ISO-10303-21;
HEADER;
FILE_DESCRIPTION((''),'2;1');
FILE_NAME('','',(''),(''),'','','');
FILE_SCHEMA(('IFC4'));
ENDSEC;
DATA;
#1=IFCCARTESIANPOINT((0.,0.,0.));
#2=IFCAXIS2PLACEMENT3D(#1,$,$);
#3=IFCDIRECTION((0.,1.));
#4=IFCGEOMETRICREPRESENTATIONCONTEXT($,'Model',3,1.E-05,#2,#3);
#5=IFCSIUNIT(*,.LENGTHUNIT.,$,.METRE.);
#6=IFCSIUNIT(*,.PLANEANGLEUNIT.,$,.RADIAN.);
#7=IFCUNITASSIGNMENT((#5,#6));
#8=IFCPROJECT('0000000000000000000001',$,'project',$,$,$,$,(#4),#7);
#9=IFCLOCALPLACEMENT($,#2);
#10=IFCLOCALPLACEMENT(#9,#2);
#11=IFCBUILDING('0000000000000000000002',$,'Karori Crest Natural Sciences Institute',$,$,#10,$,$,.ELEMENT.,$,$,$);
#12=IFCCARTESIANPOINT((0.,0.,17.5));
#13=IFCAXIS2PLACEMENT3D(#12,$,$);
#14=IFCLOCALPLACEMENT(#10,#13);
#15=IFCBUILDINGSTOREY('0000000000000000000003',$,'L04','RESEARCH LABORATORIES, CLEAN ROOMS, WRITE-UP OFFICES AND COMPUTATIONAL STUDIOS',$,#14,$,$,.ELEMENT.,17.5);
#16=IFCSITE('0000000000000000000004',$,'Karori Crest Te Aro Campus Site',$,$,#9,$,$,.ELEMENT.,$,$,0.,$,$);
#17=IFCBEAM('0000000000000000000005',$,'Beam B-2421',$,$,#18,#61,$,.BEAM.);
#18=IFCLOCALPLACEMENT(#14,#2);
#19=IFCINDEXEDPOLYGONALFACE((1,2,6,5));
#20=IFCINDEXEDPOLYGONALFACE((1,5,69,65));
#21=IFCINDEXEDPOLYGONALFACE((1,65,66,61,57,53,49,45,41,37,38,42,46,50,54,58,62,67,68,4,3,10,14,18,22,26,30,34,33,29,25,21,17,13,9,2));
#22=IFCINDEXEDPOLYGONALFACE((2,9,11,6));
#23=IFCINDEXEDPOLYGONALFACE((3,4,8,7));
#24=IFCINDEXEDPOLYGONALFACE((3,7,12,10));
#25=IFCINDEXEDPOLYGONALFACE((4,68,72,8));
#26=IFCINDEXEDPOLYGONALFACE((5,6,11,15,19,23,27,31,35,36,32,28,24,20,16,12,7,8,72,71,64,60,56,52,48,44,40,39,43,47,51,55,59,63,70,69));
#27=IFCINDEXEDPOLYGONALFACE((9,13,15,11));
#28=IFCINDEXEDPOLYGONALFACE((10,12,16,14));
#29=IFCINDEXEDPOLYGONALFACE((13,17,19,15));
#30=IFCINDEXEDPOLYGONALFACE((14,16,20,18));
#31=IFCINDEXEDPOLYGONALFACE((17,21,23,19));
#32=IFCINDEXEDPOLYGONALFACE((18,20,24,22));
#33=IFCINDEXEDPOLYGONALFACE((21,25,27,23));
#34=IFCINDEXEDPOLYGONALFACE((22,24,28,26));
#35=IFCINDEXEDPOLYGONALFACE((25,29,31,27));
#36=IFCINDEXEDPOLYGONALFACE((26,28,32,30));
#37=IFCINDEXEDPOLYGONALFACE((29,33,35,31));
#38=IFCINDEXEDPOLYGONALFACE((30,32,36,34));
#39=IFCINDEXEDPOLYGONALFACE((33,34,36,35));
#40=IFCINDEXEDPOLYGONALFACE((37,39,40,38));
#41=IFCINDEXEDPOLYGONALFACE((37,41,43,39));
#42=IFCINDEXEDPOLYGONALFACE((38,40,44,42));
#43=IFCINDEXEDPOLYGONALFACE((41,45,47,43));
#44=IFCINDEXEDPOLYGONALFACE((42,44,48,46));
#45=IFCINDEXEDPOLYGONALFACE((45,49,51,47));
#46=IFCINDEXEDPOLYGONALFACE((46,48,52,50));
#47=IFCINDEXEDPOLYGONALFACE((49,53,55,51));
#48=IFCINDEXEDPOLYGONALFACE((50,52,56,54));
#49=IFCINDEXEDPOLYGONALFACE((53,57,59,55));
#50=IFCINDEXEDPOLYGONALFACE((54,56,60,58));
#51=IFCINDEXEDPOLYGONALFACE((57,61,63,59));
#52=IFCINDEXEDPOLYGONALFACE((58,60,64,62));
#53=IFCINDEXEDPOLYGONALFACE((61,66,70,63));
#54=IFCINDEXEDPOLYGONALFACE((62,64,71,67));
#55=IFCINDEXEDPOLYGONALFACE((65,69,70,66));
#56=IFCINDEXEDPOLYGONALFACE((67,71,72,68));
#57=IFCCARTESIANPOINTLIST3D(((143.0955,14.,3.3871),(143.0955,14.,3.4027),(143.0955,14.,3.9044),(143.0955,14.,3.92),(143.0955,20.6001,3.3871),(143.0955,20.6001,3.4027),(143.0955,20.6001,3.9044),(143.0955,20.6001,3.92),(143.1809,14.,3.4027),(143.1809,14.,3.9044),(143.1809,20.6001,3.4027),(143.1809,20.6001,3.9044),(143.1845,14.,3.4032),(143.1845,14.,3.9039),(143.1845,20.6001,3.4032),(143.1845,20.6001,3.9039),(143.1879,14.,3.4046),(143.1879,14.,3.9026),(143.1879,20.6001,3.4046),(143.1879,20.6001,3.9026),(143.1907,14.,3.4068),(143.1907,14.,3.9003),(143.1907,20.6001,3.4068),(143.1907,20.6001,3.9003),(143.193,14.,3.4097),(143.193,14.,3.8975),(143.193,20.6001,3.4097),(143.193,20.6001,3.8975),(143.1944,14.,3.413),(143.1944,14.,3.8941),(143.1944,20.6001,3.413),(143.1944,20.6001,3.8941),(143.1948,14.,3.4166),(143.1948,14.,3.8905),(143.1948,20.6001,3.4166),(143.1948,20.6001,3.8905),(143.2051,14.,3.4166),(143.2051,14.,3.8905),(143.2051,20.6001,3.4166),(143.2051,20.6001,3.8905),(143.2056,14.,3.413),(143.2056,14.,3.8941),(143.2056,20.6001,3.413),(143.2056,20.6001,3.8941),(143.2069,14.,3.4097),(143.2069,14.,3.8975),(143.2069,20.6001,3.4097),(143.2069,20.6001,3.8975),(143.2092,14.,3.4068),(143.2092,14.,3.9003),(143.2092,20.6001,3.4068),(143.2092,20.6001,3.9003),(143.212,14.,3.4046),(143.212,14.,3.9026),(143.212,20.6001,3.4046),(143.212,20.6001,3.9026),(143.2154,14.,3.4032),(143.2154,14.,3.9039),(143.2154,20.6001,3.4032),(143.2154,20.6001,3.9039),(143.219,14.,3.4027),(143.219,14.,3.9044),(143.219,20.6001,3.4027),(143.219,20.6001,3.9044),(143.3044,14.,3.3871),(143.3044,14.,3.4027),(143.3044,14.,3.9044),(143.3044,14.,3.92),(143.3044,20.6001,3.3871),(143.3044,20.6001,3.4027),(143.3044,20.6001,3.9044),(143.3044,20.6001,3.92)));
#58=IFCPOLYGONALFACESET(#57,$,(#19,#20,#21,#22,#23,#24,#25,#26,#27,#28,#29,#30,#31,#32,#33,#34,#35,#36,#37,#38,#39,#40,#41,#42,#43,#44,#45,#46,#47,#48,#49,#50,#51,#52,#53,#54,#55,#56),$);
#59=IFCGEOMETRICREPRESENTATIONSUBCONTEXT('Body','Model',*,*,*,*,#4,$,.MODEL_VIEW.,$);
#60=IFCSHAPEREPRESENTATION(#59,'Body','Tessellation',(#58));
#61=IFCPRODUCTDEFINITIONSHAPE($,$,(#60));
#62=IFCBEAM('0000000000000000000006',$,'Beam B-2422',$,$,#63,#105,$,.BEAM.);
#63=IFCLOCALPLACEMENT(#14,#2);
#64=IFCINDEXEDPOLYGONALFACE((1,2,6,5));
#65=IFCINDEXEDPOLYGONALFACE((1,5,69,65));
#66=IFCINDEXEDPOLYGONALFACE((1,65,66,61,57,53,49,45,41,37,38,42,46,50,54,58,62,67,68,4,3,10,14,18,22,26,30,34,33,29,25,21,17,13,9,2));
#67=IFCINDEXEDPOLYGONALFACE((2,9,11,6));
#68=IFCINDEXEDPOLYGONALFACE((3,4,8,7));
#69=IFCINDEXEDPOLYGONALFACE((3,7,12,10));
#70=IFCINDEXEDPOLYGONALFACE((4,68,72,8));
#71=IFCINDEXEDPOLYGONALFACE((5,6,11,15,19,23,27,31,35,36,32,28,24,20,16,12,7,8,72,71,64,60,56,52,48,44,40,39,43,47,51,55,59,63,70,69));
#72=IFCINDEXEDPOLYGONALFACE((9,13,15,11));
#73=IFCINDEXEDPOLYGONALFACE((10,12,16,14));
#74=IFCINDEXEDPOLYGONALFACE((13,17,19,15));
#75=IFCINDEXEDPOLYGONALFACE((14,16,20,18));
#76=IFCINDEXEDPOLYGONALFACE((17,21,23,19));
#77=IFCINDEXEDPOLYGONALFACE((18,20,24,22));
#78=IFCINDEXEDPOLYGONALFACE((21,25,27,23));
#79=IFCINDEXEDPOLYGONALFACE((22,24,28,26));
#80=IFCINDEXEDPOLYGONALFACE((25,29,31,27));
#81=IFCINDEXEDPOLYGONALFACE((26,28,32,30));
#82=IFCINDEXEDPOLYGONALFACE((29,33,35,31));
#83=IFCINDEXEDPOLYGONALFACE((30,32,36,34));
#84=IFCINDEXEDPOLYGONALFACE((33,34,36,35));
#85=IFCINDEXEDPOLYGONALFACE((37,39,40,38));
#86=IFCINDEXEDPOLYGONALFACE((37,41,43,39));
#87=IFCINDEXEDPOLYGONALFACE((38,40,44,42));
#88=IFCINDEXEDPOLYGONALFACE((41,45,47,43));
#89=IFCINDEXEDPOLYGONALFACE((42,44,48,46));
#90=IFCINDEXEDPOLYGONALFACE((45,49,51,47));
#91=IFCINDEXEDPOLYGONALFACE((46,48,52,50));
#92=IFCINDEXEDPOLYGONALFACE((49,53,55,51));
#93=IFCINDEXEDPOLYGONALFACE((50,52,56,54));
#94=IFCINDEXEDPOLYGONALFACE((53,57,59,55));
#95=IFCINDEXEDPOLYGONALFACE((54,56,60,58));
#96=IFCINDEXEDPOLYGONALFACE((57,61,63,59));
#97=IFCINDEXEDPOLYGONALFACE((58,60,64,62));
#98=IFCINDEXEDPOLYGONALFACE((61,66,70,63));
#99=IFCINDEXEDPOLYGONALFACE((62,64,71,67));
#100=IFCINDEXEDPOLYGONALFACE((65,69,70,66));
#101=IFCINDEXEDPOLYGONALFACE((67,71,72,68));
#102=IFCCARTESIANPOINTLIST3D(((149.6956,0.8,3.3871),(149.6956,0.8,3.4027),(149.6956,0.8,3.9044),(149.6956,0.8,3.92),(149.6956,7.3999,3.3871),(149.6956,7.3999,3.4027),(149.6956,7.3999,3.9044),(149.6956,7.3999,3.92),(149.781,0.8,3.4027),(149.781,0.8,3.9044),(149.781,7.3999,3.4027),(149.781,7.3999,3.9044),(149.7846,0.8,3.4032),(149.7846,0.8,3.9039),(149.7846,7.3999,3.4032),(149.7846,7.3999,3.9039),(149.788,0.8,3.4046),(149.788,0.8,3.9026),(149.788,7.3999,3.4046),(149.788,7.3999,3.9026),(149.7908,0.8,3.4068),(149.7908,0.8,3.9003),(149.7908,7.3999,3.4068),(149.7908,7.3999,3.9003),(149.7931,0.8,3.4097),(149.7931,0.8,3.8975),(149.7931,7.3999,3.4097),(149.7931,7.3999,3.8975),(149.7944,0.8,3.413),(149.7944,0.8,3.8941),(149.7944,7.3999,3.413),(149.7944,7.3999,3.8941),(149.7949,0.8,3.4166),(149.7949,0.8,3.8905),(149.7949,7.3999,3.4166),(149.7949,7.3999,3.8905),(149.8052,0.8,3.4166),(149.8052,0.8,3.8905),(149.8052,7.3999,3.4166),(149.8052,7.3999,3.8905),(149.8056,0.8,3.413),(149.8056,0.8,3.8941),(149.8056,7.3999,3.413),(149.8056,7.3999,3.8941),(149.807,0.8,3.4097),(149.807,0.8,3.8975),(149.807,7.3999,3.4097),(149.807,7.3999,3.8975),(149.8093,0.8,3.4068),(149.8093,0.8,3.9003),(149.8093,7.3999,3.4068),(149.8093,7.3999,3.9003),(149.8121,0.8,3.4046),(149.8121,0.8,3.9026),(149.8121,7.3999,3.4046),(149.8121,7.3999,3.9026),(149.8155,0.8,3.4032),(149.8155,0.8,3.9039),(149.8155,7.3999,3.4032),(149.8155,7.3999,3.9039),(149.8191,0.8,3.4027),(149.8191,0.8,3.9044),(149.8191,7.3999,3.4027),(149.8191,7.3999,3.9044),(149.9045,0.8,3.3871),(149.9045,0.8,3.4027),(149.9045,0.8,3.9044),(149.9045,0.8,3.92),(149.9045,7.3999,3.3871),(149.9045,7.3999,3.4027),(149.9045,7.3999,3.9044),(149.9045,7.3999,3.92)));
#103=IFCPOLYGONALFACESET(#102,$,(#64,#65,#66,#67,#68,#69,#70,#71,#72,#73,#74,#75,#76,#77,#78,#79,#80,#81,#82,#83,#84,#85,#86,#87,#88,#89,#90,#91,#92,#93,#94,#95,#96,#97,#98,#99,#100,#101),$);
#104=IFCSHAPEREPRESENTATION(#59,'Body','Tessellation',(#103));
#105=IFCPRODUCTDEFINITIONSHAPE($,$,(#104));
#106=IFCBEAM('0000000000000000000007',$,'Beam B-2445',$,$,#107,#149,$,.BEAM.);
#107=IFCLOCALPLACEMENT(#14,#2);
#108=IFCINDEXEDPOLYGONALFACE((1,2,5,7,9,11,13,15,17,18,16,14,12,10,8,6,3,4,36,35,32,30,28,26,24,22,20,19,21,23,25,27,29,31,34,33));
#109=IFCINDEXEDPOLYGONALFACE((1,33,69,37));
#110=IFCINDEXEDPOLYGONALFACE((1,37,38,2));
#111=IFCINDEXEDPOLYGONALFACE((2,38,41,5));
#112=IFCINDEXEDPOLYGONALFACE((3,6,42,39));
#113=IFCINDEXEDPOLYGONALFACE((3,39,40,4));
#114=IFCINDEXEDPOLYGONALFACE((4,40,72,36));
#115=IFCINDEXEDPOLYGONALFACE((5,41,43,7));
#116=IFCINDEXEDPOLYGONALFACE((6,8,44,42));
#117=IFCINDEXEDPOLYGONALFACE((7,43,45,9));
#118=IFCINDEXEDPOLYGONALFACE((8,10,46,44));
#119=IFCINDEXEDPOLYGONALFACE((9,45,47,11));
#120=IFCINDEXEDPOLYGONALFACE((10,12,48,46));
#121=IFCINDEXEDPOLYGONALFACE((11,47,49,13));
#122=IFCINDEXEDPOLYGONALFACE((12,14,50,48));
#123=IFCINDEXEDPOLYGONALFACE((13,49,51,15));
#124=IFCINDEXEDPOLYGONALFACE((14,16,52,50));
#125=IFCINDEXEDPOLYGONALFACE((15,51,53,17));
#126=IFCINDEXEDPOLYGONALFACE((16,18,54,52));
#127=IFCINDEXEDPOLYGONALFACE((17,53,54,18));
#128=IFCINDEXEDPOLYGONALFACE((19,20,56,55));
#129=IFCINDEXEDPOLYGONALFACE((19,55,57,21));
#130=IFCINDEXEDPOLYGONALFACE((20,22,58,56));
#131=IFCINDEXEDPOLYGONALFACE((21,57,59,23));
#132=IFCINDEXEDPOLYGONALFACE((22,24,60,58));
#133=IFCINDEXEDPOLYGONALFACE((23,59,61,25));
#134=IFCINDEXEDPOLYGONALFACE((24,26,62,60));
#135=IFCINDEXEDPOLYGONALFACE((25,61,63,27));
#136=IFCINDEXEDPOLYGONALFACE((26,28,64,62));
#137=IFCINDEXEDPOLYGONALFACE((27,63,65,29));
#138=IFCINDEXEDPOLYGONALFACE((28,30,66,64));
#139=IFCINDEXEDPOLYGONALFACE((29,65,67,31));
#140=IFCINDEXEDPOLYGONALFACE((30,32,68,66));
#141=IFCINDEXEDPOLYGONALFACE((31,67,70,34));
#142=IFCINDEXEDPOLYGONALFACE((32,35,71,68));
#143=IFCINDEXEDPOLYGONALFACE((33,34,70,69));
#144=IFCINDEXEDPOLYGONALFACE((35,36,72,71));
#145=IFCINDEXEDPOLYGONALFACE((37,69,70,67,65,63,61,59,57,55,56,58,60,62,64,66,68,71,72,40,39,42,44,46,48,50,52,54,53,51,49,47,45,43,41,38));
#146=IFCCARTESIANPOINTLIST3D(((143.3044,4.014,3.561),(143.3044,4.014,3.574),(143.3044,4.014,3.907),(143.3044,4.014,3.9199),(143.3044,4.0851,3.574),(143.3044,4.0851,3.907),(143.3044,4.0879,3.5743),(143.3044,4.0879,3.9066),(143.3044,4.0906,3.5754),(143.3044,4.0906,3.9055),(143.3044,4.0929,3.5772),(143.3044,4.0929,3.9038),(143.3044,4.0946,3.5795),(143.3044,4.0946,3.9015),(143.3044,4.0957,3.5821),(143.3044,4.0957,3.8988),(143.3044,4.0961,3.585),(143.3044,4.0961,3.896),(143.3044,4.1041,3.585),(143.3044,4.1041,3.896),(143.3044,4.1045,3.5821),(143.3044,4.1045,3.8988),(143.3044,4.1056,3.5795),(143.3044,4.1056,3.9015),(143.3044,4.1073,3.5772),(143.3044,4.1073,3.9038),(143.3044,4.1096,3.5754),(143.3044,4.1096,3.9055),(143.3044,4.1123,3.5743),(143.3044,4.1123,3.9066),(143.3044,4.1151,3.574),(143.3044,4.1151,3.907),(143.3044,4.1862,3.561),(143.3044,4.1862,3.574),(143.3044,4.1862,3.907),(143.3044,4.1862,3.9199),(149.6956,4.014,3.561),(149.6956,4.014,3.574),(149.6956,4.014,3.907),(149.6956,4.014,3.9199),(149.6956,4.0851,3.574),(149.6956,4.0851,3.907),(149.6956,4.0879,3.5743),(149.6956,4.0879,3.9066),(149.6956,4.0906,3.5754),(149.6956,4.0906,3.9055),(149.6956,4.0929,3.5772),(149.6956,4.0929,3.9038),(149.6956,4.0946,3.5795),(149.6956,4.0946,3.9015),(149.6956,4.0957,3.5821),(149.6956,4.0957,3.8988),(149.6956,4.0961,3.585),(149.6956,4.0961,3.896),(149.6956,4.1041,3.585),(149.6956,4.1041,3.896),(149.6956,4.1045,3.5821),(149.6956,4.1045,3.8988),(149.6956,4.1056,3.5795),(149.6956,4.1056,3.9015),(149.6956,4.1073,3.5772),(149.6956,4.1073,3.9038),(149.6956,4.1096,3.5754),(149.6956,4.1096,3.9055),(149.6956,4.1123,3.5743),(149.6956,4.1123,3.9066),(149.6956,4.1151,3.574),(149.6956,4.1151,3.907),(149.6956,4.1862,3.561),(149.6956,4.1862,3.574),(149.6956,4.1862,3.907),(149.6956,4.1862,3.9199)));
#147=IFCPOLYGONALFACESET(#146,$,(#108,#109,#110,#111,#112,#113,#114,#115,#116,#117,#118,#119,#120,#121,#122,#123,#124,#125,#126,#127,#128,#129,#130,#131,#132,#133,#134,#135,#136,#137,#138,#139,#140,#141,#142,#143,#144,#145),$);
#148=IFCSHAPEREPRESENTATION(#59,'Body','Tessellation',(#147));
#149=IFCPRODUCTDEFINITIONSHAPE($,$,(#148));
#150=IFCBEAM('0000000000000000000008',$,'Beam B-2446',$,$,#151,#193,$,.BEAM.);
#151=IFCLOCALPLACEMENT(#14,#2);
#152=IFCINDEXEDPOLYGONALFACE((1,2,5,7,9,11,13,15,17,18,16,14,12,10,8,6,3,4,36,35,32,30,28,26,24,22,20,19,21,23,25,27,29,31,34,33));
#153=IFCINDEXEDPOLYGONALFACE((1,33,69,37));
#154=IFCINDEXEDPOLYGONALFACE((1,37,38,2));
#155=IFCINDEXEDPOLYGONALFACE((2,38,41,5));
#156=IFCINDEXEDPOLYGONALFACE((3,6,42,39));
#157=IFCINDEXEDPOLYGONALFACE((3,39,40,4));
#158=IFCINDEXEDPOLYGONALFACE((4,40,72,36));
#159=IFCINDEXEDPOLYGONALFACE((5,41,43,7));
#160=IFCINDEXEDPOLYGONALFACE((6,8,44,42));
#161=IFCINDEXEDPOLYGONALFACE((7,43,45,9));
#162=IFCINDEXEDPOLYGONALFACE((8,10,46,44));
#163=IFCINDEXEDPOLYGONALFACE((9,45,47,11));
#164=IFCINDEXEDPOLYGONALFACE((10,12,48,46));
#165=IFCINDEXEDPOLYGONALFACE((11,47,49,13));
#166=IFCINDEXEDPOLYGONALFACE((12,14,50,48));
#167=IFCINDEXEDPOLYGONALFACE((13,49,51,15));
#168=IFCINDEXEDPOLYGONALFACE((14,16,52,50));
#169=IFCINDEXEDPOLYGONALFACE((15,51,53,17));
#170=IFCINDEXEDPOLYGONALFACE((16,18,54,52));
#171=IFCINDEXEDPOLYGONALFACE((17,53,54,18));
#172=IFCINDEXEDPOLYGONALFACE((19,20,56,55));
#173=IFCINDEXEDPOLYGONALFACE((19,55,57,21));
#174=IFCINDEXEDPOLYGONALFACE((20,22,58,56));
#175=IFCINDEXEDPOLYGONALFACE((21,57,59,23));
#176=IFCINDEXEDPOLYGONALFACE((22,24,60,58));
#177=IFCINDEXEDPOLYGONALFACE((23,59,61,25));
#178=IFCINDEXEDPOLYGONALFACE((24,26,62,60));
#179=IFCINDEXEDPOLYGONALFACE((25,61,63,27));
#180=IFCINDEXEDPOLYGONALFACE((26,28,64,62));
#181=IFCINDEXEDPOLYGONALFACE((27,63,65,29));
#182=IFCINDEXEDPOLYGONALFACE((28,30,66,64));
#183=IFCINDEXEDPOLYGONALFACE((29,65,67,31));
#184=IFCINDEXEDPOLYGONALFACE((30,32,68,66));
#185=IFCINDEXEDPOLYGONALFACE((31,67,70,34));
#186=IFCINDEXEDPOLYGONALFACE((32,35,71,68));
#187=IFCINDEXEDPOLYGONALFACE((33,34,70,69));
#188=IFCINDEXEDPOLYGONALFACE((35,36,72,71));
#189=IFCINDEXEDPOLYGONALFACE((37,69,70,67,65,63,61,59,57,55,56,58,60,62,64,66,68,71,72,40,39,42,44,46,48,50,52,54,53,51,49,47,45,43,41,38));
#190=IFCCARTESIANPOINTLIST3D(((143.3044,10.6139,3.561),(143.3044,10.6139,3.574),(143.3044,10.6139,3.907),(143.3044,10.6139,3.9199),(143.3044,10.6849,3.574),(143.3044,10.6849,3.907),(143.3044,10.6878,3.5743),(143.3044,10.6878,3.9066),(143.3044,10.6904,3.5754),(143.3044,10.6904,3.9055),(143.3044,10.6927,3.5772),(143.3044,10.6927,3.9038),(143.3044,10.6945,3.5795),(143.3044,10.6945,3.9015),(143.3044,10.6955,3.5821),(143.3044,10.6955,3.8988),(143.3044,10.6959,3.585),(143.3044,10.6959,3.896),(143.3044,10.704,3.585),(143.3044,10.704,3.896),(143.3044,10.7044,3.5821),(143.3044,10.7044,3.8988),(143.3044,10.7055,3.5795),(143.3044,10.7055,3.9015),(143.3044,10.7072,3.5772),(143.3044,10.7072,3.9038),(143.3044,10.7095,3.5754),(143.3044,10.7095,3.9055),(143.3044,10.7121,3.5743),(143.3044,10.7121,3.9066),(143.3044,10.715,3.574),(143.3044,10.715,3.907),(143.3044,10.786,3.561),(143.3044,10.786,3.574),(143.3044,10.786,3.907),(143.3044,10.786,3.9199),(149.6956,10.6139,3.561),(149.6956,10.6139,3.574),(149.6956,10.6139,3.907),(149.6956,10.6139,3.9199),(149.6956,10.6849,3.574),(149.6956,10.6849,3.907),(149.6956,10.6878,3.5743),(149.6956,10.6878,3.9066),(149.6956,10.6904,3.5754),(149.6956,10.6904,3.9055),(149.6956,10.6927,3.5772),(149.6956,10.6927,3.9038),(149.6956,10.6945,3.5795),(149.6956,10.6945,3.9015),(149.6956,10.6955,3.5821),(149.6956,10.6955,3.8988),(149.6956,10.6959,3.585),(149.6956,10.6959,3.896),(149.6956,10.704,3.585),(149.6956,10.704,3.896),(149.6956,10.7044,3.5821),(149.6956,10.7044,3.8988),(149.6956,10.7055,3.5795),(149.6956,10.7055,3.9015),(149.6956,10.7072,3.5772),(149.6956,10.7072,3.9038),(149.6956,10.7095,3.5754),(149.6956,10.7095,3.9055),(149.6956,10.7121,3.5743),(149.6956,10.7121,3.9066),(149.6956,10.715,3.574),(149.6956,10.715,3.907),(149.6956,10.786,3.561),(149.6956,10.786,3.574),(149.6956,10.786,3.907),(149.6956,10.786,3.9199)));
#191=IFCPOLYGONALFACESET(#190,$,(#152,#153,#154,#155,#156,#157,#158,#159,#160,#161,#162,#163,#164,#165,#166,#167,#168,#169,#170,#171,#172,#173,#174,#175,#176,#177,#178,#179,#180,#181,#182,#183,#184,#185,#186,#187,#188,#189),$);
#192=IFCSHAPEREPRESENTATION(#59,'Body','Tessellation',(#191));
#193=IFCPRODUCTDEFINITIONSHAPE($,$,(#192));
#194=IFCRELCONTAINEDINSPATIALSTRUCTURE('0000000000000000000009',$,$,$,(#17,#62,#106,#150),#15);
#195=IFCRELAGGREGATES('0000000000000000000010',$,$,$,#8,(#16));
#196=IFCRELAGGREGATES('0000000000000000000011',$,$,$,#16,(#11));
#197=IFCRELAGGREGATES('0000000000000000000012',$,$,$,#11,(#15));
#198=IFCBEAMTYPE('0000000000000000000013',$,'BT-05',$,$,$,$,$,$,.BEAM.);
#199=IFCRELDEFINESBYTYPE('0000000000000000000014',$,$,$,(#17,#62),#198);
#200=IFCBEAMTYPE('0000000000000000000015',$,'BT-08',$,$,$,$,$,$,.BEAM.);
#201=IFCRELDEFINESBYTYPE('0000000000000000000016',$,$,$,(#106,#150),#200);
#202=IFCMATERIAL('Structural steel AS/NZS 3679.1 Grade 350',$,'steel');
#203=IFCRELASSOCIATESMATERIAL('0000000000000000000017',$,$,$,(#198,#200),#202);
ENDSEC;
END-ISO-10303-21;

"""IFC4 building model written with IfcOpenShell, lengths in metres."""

from ifc_helpers import new_model, si_unit, direction, frame, origin, origin_2d, place, context, subcontext, project, spatial, i_section, extrude, material, material_profile, profile_set, type_object, element, save


model = new_model("IFC4")

# Units and contexts
model_context = context("Model", 3, precision=1e-05, world=origin(), true_north=direction((0.0, 1.0)))
body_context = subcontext(model_context, "Body", "Model", "MODEL_VIEW")
ifc_project = project(units=[si_unit("LENGTHUNIT", "METRE"), si_unit("PLANEANGLEUNIT", "RADIAN")], contexts=[model_context])

# Site, building, storey
site_placement = place(None, origin())
site = spatial("IfcSite", under=ifc_project, at=site_placement, Name="Karori Crest Te Aro Campus Site", CompositionType="ELEMENT", RefElevation=0.0)
building_placement = place(site_placement, origin())
building = spatial("IfcBuilding", under=site, at=building_placement, Name="Karori Crest Natural Sciences Institute", CompositionType="ELEMENT")
storey_placement = place(building_placement, frame((0.0, 0.0, 17.5)))
storey = spatial("IfcBuildingStorey", under=building, at=storey_placement, Name="L04", Description="RESEARCH LABORATORIES, CLEAN ROOMS, WRITE-UP OFFICES AND COMPUTATIONAL STUDIOS", CompositionType="ELEMENT", Elevation=17.5)

# Shared definitions
ifc_material_1 = material(Name="Structural steel AS/NZS 3679.1 Grade 350", Category="steel")

# Beams
ifc_material_profile_1 = material_profile(ifc_material_1, i_section(OverallWidth=0.209, OverallDepth=0.533, WebThickness=0.0103, FlangeThickness=0.0156, FilletRadius=0.0139, at=origin_2d()), Name="530UB92.4")
ifc_profile_set_1 = profile_set([ifc_material_profile_1], Name="Structural steel AS/NZS 3679.1 Grade 350")
beam_type_1 = type_object("IfcBeamType", Name="BT-05", PredefinedType="BEAM", material=ifc_profile_set_1)
for number, where, z_axis, x_axis, name in (
    (1, (143.2, 14.0, 3.6536), (0.0, 1.0, 0.0), (-1.0, 0.0, 0.0), "Beam B-2421"),
):
    element("IfcBeam", number, at=place(storey_placement, frame(where, z_axis=z_axis, x_axis=x_axis)), inside=storey, type_object=beam_type_1, Name=name, PredefinedType="BEAM", context=body_context, shape_type="SweptSolid", body=[
        extrude(i_section(OverallWidth=0.209, OverallDepth=0.533, WebThickness=0.0103, FlangeThickness=0.0156, FilletRadius=0.0139, at=origin_2d()), origin(), (0.0, 0.0, 1.0), 6.6001),
    ])
beam_1_placement = place(storey_placement, frame((149.8, 0.8, 3.6536), z_axis=(0.0, 1.0, 0.0), x_axis=(-1.0, 0.0, 0.0)))
element("IfcBeam", 2, at=beam_1_placement, inside=storey, type_object=beam_type_1, Name="Beam B-2422", PredefinedType="BEAM", context=body_context, shape_type="SweptSolid", body=[
    extrude(i_section(OverallWidth=0.209, OverallDepth=0.533, WebThickness=0.0103, FlangeThickness=0.0156, FilletRadius=0.0139, at=origin_2d()), origin(), (0.0, 0.0, 1.0), 6.5999),
])
ifc_material_profile_2 = material_profile(ifc_material_1, i_section(OverallWidth=0.1721, OverallDepth=0.3589, WebThickness=0.0081, FlangeThickness=0.0129, FilletRadius=0.011, at=origin_2d()), Name="360UB56.7")
ifc_profile_set_2 = profile_set([ifc_material_profile_2], Name="Structural steel AS/NZS 3679.1 Grade 350")
beam_type_2 = type_object("IfcBeamType", Name="BT-08", PredefinedType="BEAM", material=ifc_profile_set_2)
for number, where, z_axis, x_axis, name in (
    (3, (143.3044, 4.1001, 3.7405), (1.0, 0.0, 0.0), (0.0, 1.0, 0.0), "Beam B-2445"),
    (4, (143.3044, 10.7, 3.7405), (1.0, 0.0, 0.0), (0.0, 1.0, 0.0), "Beam B-2446"),
):
    element("IfcBeam", number, at=place(storey_placement, frame(where, z_axis=z_axis, x_axis=x_axis)), inside=storey, type_object=beam_type_2, Name=name, PredefinedType="BEAM", context=body_context, shape_type="SweptSolid", body=[
        extrude(i_section(OverallWidth=0.1721, OverallDepth=0.3589, WebThickness=0.0081, FlangeThickness=0.0129, FilletRadius=0.011, at=origin_2d()), origin(), (0.0, 0.0, 1.0), 6.3911),
    ])

save(model, "model.ifc")
